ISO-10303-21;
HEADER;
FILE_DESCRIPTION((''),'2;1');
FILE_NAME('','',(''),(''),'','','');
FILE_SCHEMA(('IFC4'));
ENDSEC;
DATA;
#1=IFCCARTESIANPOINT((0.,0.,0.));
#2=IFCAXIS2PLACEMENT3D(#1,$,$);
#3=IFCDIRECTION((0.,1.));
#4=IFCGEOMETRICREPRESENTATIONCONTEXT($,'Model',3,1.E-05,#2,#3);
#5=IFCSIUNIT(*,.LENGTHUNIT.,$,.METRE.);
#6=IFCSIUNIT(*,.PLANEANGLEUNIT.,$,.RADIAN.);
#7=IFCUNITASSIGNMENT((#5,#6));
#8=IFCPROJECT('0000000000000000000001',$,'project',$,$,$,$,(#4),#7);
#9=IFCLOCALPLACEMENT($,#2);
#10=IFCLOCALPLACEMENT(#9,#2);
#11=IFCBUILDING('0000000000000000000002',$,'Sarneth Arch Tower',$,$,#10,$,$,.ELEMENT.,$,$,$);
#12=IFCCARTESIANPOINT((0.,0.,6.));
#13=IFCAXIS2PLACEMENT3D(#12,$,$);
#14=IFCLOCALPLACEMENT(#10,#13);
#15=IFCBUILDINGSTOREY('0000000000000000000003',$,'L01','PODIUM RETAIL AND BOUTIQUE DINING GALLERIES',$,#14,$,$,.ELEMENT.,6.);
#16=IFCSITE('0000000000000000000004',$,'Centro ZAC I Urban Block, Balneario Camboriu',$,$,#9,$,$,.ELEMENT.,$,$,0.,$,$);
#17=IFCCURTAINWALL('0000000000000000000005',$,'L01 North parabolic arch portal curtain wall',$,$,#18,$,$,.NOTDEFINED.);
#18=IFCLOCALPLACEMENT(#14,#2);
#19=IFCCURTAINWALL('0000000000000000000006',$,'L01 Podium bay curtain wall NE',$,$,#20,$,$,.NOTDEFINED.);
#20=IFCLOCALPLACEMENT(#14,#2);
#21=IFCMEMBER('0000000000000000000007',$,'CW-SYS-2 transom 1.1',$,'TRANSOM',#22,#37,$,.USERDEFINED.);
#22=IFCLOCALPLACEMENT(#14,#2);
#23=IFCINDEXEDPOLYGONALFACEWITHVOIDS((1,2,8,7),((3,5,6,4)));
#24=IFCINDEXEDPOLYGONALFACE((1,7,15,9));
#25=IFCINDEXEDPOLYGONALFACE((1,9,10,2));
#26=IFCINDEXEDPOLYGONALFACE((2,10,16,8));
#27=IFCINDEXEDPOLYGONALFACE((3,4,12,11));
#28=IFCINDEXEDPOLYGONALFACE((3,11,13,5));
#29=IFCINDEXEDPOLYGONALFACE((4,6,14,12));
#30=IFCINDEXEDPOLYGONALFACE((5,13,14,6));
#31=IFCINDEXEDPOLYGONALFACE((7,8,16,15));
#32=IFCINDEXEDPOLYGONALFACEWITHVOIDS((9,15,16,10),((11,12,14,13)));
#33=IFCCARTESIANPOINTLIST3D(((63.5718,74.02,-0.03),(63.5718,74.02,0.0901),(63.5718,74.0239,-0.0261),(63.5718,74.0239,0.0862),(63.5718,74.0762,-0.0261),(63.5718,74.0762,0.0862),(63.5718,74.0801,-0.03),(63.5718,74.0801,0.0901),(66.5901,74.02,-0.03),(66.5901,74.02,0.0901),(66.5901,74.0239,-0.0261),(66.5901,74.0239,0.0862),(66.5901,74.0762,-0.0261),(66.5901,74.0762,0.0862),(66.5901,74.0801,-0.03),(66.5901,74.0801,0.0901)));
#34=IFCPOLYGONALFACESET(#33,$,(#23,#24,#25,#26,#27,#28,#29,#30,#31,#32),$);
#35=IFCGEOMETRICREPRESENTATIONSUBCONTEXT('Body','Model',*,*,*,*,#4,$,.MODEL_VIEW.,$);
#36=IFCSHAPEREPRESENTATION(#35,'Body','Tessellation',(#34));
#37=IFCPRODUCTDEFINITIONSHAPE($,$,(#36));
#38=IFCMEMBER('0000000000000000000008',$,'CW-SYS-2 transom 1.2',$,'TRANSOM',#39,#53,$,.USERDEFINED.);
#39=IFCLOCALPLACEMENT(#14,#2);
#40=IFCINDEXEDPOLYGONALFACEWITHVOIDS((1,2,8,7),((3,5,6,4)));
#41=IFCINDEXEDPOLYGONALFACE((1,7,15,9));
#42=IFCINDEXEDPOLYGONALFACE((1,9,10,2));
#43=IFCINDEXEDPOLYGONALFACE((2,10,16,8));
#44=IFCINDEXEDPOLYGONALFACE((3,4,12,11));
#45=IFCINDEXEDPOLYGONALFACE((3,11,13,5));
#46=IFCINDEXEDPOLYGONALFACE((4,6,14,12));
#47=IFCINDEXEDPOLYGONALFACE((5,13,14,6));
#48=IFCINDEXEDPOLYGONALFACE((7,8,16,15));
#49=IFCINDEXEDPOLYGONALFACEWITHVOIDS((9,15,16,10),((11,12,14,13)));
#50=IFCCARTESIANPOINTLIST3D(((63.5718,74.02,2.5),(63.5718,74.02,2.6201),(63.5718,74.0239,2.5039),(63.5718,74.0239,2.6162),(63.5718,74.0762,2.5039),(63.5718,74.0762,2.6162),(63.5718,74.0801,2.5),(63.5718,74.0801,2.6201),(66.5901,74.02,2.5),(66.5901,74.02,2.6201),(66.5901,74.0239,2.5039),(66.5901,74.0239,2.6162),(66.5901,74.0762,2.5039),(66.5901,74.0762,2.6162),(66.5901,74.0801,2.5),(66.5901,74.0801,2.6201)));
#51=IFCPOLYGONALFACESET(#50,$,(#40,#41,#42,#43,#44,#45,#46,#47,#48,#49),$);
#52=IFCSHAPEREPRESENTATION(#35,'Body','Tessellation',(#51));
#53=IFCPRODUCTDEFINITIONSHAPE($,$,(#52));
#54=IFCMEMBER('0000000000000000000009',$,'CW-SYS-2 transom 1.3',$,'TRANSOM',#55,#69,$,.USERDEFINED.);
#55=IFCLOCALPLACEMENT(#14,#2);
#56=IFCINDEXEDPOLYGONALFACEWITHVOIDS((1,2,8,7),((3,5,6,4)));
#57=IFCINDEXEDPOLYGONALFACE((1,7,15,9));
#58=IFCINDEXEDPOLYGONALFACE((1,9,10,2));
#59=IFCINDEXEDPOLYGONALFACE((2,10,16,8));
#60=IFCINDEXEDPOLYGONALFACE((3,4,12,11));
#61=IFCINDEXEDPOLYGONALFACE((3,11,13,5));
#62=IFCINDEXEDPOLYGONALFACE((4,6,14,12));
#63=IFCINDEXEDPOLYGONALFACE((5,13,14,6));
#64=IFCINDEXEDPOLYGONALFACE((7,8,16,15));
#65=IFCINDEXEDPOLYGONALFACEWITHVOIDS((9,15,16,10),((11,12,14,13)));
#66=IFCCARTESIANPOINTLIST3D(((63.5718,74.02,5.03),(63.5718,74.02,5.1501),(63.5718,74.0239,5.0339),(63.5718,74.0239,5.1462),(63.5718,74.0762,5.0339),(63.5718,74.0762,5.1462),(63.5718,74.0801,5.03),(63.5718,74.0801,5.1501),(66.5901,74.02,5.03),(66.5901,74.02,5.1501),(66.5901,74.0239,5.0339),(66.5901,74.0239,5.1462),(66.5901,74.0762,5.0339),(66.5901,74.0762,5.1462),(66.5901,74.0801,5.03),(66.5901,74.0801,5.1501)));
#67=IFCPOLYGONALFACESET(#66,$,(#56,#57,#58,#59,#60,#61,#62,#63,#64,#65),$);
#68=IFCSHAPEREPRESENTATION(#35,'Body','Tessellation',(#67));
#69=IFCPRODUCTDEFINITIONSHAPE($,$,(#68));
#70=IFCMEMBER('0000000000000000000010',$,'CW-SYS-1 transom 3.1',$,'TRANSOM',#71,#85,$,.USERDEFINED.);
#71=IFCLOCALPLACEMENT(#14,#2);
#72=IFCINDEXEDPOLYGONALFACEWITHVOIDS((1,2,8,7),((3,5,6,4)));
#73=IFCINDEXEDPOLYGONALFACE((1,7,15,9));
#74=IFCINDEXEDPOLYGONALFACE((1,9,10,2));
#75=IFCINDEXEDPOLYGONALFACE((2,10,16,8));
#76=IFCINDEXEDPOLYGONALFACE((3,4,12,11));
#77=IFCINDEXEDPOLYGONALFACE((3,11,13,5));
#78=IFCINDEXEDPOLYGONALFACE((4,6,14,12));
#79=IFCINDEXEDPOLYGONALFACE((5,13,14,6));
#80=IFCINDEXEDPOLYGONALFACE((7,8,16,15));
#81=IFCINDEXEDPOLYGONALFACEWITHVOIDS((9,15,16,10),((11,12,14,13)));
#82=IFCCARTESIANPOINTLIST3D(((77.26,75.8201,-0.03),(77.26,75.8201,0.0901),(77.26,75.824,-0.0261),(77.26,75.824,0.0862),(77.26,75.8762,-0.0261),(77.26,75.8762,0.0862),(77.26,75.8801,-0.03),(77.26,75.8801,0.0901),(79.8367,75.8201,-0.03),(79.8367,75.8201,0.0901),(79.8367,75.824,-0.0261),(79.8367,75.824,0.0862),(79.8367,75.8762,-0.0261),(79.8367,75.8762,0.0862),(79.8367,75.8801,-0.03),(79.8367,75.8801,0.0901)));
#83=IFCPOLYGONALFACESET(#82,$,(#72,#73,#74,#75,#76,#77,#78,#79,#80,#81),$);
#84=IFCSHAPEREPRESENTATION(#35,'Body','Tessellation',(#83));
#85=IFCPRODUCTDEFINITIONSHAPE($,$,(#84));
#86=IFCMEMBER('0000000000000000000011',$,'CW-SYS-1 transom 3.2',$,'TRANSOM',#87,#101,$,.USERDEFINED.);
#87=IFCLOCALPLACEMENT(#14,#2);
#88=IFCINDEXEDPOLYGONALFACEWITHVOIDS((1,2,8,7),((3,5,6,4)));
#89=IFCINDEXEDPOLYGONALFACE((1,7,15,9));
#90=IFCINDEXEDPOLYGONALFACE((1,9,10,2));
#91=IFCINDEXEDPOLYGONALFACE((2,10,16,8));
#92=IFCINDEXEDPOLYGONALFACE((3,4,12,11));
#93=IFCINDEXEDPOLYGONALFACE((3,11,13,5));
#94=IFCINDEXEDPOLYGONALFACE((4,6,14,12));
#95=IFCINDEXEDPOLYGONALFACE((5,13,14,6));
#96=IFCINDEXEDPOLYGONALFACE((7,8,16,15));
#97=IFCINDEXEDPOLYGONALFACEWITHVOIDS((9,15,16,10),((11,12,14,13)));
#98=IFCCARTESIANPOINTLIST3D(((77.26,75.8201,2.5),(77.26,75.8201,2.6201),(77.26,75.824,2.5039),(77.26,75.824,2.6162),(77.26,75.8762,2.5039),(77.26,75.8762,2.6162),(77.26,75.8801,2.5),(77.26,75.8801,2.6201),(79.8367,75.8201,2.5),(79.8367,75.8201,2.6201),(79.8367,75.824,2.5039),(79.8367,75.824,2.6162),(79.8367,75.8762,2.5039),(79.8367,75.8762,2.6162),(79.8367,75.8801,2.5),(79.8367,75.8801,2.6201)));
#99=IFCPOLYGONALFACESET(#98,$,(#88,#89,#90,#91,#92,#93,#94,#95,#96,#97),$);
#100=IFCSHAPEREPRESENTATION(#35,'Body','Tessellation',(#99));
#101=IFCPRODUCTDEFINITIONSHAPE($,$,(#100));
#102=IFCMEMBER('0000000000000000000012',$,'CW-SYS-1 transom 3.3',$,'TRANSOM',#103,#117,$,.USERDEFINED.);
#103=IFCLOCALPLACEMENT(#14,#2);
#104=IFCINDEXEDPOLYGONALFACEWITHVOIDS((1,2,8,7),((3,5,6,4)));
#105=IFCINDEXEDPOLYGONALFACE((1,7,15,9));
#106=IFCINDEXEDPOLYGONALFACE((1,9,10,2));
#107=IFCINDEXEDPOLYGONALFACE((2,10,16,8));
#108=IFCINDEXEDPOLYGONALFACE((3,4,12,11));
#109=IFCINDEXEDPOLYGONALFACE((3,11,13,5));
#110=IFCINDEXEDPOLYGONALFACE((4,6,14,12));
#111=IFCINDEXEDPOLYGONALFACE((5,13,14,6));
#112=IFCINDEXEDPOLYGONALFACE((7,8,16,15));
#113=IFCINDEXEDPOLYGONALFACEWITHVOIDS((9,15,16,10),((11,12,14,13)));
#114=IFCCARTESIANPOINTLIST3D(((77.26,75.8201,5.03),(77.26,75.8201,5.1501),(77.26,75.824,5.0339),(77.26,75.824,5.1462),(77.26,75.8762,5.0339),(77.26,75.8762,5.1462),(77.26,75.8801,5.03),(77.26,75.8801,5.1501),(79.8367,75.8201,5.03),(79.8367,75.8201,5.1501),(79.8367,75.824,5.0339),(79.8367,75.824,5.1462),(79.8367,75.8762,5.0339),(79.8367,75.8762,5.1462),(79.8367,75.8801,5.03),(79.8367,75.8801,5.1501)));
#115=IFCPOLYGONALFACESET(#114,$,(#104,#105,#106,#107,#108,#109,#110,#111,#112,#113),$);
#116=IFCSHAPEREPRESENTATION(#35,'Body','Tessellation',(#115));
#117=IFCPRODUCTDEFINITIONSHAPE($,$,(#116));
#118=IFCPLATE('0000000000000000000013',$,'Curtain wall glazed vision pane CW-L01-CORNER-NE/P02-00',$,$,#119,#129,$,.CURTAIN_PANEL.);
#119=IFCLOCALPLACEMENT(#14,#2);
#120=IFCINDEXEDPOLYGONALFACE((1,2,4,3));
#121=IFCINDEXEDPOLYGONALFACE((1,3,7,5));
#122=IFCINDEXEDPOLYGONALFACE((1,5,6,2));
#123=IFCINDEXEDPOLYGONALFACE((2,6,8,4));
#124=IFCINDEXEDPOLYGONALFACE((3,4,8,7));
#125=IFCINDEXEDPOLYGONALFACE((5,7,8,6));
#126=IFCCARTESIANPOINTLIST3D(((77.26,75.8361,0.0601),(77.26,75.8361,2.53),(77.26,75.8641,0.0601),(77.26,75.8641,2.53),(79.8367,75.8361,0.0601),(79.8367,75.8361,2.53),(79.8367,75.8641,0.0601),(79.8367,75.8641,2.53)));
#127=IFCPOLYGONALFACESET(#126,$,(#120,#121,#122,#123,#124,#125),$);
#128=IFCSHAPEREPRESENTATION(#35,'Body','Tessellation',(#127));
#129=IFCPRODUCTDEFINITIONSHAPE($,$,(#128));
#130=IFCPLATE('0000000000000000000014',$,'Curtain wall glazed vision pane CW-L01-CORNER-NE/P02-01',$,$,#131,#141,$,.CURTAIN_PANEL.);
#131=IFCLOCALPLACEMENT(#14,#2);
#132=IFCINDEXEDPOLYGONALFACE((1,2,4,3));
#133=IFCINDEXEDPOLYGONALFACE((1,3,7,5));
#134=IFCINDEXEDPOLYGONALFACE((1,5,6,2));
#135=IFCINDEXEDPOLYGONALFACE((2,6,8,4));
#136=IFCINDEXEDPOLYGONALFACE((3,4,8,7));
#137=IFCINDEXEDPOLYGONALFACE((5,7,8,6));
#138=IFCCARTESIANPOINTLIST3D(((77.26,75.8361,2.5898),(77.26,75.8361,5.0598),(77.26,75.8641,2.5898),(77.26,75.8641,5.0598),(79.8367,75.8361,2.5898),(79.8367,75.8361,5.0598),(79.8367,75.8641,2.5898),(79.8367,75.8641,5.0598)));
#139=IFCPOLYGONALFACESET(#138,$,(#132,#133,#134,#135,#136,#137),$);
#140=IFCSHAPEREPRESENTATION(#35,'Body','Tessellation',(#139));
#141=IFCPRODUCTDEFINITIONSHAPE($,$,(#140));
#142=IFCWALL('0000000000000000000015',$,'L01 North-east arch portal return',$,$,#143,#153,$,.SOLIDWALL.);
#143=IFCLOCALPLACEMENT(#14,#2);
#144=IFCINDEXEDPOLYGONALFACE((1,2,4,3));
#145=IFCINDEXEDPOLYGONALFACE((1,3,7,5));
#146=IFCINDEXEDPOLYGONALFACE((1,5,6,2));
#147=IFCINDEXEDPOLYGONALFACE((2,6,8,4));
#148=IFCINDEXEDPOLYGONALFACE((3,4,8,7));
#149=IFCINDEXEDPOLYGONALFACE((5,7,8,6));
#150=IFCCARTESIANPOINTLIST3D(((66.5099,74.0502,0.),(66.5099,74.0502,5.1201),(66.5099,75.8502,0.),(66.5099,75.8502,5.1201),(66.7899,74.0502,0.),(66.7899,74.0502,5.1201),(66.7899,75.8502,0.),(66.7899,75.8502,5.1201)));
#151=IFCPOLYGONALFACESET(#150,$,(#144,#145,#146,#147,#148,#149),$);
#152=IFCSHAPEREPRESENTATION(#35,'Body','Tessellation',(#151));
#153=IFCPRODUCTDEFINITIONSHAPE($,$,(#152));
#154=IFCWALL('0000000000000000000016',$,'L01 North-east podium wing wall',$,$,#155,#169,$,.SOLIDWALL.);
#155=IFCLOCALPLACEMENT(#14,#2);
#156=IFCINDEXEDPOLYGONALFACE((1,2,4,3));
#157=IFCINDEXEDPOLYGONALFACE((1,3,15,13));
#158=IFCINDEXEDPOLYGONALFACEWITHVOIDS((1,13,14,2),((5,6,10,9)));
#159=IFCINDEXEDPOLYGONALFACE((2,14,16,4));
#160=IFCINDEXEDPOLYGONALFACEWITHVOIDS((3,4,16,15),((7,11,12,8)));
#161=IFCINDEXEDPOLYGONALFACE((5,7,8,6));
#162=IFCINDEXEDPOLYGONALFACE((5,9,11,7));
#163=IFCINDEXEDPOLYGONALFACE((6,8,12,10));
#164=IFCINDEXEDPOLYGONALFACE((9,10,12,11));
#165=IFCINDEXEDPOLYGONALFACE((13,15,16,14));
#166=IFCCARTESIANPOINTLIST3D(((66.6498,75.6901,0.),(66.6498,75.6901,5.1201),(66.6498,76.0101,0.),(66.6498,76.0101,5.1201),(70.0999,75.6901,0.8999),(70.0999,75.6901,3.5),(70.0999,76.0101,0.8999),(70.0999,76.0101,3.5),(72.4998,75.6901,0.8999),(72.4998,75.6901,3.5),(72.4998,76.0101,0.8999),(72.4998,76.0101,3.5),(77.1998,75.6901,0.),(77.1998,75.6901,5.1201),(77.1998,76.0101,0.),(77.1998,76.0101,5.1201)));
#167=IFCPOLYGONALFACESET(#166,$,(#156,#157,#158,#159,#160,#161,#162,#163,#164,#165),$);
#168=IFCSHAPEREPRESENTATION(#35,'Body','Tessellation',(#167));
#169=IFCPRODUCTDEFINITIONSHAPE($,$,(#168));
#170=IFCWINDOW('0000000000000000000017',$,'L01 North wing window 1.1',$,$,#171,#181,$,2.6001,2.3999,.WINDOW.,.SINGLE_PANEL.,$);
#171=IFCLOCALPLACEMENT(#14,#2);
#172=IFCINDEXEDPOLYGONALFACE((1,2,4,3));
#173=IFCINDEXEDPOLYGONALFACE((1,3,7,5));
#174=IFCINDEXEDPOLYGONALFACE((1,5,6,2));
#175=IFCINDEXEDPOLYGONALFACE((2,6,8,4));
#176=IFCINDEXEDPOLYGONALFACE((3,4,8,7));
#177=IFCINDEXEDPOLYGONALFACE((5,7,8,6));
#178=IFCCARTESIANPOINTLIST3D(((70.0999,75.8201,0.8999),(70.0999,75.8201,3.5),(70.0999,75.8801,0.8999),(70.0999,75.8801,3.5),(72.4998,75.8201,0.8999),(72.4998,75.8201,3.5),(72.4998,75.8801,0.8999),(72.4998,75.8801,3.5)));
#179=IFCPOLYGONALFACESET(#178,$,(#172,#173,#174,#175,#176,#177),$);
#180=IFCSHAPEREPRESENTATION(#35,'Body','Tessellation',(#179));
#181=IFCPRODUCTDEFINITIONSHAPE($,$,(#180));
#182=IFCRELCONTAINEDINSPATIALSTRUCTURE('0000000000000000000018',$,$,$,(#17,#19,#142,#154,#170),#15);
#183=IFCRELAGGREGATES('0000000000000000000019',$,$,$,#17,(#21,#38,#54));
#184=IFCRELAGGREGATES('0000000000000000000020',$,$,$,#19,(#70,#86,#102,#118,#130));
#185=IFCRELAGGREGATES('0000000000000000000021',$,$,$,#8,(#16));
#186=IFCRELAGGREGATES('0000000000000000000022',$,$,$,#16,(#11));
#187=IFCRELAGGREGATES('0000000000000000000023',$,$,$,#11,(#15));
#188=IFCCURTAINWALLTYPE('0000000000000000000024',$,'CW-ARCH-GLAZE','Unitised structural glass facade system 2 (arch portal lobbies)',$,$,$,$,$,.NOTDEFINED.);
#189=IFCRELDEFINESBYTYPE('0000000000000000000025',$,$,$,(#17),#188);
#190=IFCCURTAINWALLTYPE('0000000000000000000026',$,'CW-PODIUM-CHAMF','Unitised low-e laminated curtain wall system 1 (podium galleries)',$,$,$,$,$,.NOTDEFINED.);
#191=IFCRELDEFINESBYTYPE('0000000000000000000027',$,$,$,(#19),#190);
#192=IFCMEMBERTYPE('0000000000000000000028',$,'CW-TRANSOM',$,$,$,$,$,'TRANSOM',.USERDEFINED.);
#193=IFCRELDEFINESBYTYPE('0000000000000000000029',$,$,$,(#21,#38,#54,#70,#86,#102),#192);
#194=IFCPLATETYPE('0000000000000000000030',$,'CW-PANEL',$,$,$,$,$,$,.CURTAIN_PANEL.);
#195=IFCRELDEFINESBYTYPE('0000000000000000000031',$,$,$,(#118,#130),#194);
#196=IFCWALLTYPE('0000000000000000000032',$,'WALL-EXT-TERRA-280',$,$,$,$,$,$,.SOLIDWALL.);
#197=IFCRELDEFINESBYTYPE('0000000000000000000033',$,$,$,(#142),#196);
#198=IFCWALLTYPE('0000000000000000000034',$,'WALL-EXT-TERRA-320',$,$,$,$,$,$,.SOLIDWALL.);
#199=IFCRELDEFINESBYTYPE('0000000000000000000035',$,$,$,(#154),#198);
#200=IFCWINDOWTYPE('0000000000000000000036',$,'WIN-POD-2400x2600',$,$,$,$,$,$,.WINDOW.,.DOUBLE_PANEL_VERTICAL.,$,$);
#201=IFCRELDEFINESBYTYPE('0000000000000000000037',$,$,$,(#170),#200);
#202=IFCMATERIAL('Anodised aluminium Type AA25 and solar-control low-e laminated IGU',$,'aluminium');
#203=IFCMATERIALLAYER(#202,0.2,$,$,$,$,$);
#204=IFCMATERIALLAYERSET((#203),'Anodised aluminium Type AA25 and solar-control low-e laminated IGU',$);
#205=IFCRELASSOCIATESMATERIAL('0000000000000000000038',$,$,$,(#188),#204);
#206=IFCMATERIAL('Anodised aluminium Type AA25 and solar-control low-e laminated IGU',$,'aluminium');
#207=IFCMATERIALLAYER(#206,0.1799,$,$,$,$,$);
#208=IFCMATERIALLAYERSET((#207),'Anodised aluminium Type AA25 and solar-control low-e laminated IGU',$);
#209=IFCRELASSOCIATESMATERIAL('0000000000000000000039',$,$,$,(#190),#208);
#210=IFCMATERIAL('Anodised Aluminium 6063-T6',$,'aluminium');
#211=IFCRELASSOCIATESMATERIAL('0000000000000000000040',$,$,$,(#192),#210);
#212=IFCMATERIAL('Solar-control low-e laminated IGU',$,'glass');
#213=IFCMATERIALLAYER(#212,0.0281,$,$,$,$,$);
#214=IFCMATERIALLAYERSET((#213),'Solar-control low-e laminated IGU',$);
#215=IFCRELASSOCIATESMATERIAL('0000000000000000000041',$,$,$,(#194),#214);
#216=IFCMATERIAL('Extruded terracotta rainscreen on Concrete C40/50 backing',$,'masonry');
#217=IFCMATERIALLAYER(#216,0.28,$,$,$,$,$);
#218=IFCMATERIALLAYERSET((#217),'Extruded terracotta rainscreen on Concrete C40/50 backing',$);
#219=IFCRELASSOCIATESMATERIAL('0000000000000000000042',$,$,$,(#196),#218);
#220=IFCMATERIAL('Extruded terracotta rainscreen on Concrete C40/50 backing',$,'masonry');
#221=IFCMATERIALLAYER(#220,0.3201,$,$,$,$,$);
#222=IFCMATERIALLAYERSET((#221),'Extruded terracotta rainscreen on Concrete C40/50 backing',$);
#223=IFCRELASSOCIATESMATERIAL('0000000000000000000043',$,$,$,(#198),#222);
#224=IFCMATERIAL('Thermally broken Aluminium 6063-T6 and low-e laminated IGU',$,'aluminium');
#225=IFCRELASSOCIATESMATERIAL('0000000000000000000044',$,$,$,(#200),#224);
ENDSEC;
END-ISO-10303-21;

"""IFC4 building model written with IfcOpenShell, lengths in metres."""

from ifc_helpers import new_model, si_unit, direction, frame, frame_2d, origin, origin_2d, place, context, subcontext, project, spatial, rectangle, hollow_rectangle, extrude, material, layer, layer_set, material_profile, profile_set, type_object, element, fill, aggregate, save


model = new_model("IFC4")

# Units and contexts
model_context = context("Model", 3, precision=1e-05, world=origin(), true_north=direction((0.0, 1.0)))
body_context = subcontext(model_context, "Body", "Model", "MODEL_VIEW")
ifc_project = project(units=[si_unit("LENGTHUNIT", "METRE"), si_unit("PLANEANGLEUNIT", "RADIAN")], contexts=[model_context])

# Site, building, storey
site_placement = place(None, origin())
site = spatial("IfcSite", under=ifc_project, at=site_placement, Name="Centro ZAC I Urban Block, Balneario Camboriu", CompositionType="ELEMENT", RefElevation=0.0)
building_placement = place(site_placement, origin())
building = spatial("IfcBuilding", under=site, at=building_placement, Name="Sarneth Arch Tower", CompositionType="ELEMENT")
storey_placement = place(building_placement, frame((0.0, 0.0, 6.0)))
storey = spatial("IfcBuildingStorey", under=building, at=storey_placement, Name="L01", Description="PODIUM RETAIL AND BOUTIQUE DINING GALLERIES", CompositionType="ELEMENT", Elevation=6.0)

# Curtain wall
ifc_material_1 = material(Name="Anodised aluminium Type AA25 and solar-control low-e laminated IGU", Category="aluminium")
ifc_layer_1 = layer(ifc_material_1, 0.2)
ifc_layer_set_1 = layer_set([ifc_layer_1], Name="Anodised aluminium Type AA25 and solar-control low-e laminated IGU")
curtain_wall_type_1 = type_object("IfcCurtainWallType", Name="CW-ARCH-GLAZE", Description="Unitised structural glass facade system 2 (arch portal lobbies)", PredefinedType="NOTDEFINED", material=ifc_layer_set_1)
curtain_wall_1_placement = place(storey_placement, origin())
curtain_wall_1 = element("IfcCurtainWall", 1, at=curtain_wall_1_placement, inside=storey, type_object=curtain_wall_type_1, Name="L01 North parabolic arch portal curtain wall", PredefinedType="NOTDEFINED")

# Curtain wall
ifc_material_2 = material(Name="Anodised aluminium Type AA25 and solar-control low-e laminated IGU", Category="aluminium")
ifc_layer_2 = layer(ifc_material_2, 0.1799)
ifc_layer_set_2 = layer_set([ifc_layer_2], Name="Anodised aluminium Type AA25 and solar-control low-e laminated IGU")
curtain_wall_type_2 = type_object("IfcCurtainWallType", Name="CW-PODIUM-CHAMF", Description="Unitised low-e laminated curtain wall system 1 (podium galleries)", PredefinedType="NOTDEFINED", material=ifc_layer_set_2)
curtain_wall_2_placement = place(storey_placement, origin())
curtain_wall_2 = element("IfcCurtainWall", 2, at=curtain_wall_2_placement, inside=storey, type_object=curtain_wall_type_2, Name="L01 Podium bay curtain wall NE", PredefinedType="NOTDEFINED")

# Members
ifc_material_3 = material(Name="Anodised Aluminium 6063-T6", Category="aluminium")
ifc_material_profile_1 = material_profile(ifc_material_3, hollow_rectangle(XDim=0.0601, YDim=0.1201, WallThickness=0.0039, at=origin_2d()), Name="AL-TRAN-120x60x4")
ifc_profile_set_1 = profile_set([ifc_material_profile_1], Name="Anodised Aluminium 6063-T6")
member_type_1 = type_object("IfcMemberType", Name="CW-TRANSOM", ElementType="TRANSOM", PredefinedType="USERDEFINED", material=ifc_profile_set_1)
member_1_placement = place(storey_placement, frame((66.5901, 74.05, 0.03), z_axis=(-1.0, 0.0, 0.0), x_axis=(0.0, -1.0, 0.0)))
member_1 = element("IfcMember", 3, at=member_1_placement, type_object=member_type_1, Name="CW-SYS-2 transom 1.1", ObjectType="TRANSOM", PredefinedType="USERDEFINED", context=body_context, shape_type="SweptSolid", body=[
    extrude(hollow_rectangle(XDim=0.0601, YDim=0.1201, WallThickness=0.0039, at=origin_2d()), origin(), (0.0, 0.0, 1.0), 3.0183),
])
member_2_placement = place(storey_placement, frame((66.5901, 74.05, 2.5601), z_axis=(-1.0, 0.0, 0.0), x_axis=(0.0, -1.0, 0.0)))
member_2 = element("IfcMember", 4, at=member_2_placement, type_object=member_type_1, Name="CW-SYS-2 transom 1.2", ObjectType="TRANSOM", PredefinedType="USERDEFINED", context=body_context, shape_type="SweptSolid", body=[
    extrude(hollow_rectangle(XDim=0.0601, YDim=0.1201, WallThickness=0.0039, at=origin_2d()), origin(), (0.0, 0.0, 1.0), 3.0183),
])
member_3_placement = place(storey_placement, frame((66.5901, 74.05, 5.0901), z_axis=(-1.0, 0.0, 0.0), x_axis=(0.0, -1.0, 0.0)))
member_3 = element("IfcMember", 5, at=member_3_placement, type_object=member_type_1, Name="CW-SYS-2 transom 1.3", ObjectType="TRANSOM", PredefinedType="USERDEFINED", context=body_context, shape_type="SweptSolid", body=[
    extrude(hollow_rectangle(XDim=0.0601, YDim=0.1201, WallThickness=0.0039, at=origin_2d()), origin(), (0.0, 0.0, 1.0), 3.0183),
])
aggregate(curtain_wall_1, [member_1, member_2, member_3])
member_4_placement = place(storey_placement, frame((79.8367, 75.8501, 0.03), z_axis=(-1.0, 0.0, 0.0), x_axis=(0.0, -1.0, 0.0)))
member_4 = element("IfcMember", 6, at=member_4_placement, type_object=member_type_1, Name="CW-SYS-1 transom 3.1", ObjectType="TRANSOM", PredefinedType="USERDEFINED", context=body_context, shape_type="SweptSolid", body=[
    extrude(hollow_rectangle(XDim=0.0601, YDim=0.1201, WallThickness=0.0039, at=origin_2d()), origin(), (0.0, 0.0, 1.0), 2.5767),
])
member_5_placement = place(storey_placement, frame((79.8367, 75.8501, 2.5601), z_axis=(-1.0, 0.0, 0.0), x_axis=(0.0, -1.0, 0.0)))
member_5 = element("IfcMember", 7, at=member_5_placement, type_object=member_type_1, Name="CW-SYS-1 transom 3.2", ObjectType="TRANSOM", PredefinedType="USERDEFINED", context=body_context, shape_type="SweptSolid", body=[
    extrude(hollow_rectangle(XDim=0.0601, YDim=0.1201, WallThickness=0.0039, at=origin_2d()), origin(), (0.0, 0.0, 1.0), 2.5767),
])
member_6_placement = place(storey_placement, frame((79.8367, 75.8501, 5.0901), z_axis=(-1.0, 0.0, 0.0), x_axis=(0.0, -1.0, 0.0)))
member_6 = element("IfcMember", 8, at=member_6_placement, type_object=member_type_1, Name="CW-SYS-1 transom 3.3", ObjectType="TRANSOM", PredefinedType="USERDEFINED", context=body_context, shape_type="SweptSolid", body=[
    extrude(hollow_rectangle(XDim=0.0601, YDim=0.1201, WallThickness=0.0039, at=origin_2d()), origin(), (0.0, 0.0, 1.0), 2.5767),
])

# Plates
ifc_material_4 = material(Name="Solar-control low-e laminated IGU", Category="glass")
ifc_layer_3 = layer(ifc_material_4, 0.0281)
ifc_layer_set_3 = layer_set([ifc_layer_3], Name="Solar-control low-e laminated IGU")
plate_type = type_object("IfcPlateType", Name="CW-PANEL", PredefinedType="CURTAIN_PANEL", material=ifc_layer_set_3)
plate_1_placement = place(storey_placement, frame((78.5483, 75.8501, 0.0601), z_axis=(0.0, 0.0, 1.0), x_axis=(-1.0, 0.0, 0.0)))
plate_1 = element("IfcPlate", 9, at=plate_1_placement, type_object=plate_type, Name="Curtain wall glazed vision pane CW-L01-CORNER-NE/P02-00", PredefinedType="CURTAIN_PANEL", context=body_context, shape_type="SweptSolid", body=[
    extrude(rectangle(XDim=2.5767, YDim=0.0281, at=origin_2d()), origin(), (0.0, 0.0, 1.0), 2.47),
])
plate_2_placement = place(storey_placement, frame((78.5483, 75.8501, 2.5898), z_axis=(0.0, 0.0, 1.0), x_axis=(-1.0, 0.0, 0.0)))
plate_2 = element("IfcPlate", 10, at=plate_2_placement, type_object=plate_type, Name="Curtain wall glazed vision pane CW-L01-CORNER-NE/P02-01", PredefinedType="CURTAIN_PANEL", context=body_context, shape_type="SweptSolid", body=[
    extrude(rectangle(XDim=2.5767, YDim=0.0281, at=origin_2d()), origin(), (0.0, 0.0, 1.0), 2.47),
])
aggregate(curtain_wall_2, [member_4, member_5, member_6, plate_1, plate_2])

# Wall
ifc_material_5 = material(Name="Extruded terracotta rainscreen on Concrete C40/50 backing", Category="masonry")
ifc_layer_4 = layer(ifc_material_5, 0.28)
ifc_layer_set_4 = layer_set([ifc_layer_4], Name="Extruded terracotta rainscreen on Concrete C40/50 backing")
wall_type_1 = type_object("IfcWallType", Name="WALL-EXT-TERRA-280", PredefinedType="SOLIDWALL", material=ifc_layer_set_4)
wall_1_placement = place(storey_placement, frame((66.6499, 75.8501, 0.0), z_axis=(0.0, 0.0, 1.0), x_axis=(0.0, -1.0, 0.0)))
element("IfcWall", 11, at=wall_1_placement, inside=storey, type_object=wall_type_1, Name="L01 North-east arch portal return", PredefinedType="SOLIDWALL", context=body_context, shape_type="SweptSolid", body=[
    extrude(rectangle(XDim=1.8, YDim=0.28, at=frame_2d((0.8999, 0.0))), origin(), (0.0, 0.0, 1.0), 5.1201),
])

# Wall, opening, window
ifc_material_6 = material(Name="Extruded terracotta rainscreen on Concrete C40/50 backing", Category="masonry")
ifc_layer_5 = layer(ifc_material_6, 0.3201)
ifc_layer_set_5 = layer_set([ifc_layer_5], Name="Extruded terracotta rainscreen on Concrete C40/50 backing")
wall_type_2 = type_object("IfcWallType", Name="WALL-EXT-TERRA-320", PredefinedType="SOLIDWALL", material=ifc_layer_set_5)
wall_2_placement = place(storey_placement, frame((66.6499, 75.8501, 0.0), z_axis=(0.0, 0.0, 1.0), x_axis=(1.0, 0.0, 0.0)))
wall_2 = element("IfcWall", 12, at=wall_2_placement, inside=storey, type_object=wall_type_2, Name="L01 North-east podium wing wall", PredefinedType="SOLIDWALL", context=body_context, shape_type="SweptSolid", body=[
    extrude(rectangle(XDim=10.55, YDim=0.3201, at=frame_2d((5.2749, 0.0))), origin(), (0.0, 0.0, 1.0), 5.1201),
])
opening_placement = place(wall_2_placement, frame((3.45, 0.0, 0.8999)))
opening = element("IfcOpeningElement", 13, at=opening_placement, cuts=wall_2, PredefinedType="OPENING", context=body_context, shape_type="SweptSolid", body=[
    extrude(rectangle(XDim=2.3999, YDim=2.6001, at=frame_2d((1.2, 1.3))), frame((0.0, 0.1699, 0.0), z_axis=(0.0, -1.0, 0.0), x_axis=(1.0, 0.0, 0.0)), (0.0, 0.0, 1.0), 0.3401),
])
ifc_material_7 = material(Name="Thermally broken Aluminium 6063-T6 and low-e laminated IGU", Category="aluminium")
window_type = type_object("IfcWindowType", Name="WIN-POD-2400x2600", PartitioningType="DOUBLE_PANEL_VERTICAL", PredefinedType="WINDOW", material=ifc_material_7)
window_placement = place(opening_placement, origin())
window = element("IfcWindow", 14, at=window_placement, inside=storey, type_object=window_type, Name="L01 North wing window 1.1", OverallHeight=2.6001, OverallWidth=2.3999, PartitioningType="SINGLE_PANEL", PredefinedType="WINDOW", context=body_context, shape_type="SweptSolid", body=[
    extrude(rectangle(XDim=2.3999, YDim=2.6001, at=frame_2d((1.2, 1.3))), frame((0.0, 0.03, 0.0), z_axis=(0.0, -1.0, 0.0), x_axis=(1.0, 0.0, 0.0)), (0.0, 0.0, 1.0), 0.0601),
])
fill(opening, window)

save(model, "model.ifc")
